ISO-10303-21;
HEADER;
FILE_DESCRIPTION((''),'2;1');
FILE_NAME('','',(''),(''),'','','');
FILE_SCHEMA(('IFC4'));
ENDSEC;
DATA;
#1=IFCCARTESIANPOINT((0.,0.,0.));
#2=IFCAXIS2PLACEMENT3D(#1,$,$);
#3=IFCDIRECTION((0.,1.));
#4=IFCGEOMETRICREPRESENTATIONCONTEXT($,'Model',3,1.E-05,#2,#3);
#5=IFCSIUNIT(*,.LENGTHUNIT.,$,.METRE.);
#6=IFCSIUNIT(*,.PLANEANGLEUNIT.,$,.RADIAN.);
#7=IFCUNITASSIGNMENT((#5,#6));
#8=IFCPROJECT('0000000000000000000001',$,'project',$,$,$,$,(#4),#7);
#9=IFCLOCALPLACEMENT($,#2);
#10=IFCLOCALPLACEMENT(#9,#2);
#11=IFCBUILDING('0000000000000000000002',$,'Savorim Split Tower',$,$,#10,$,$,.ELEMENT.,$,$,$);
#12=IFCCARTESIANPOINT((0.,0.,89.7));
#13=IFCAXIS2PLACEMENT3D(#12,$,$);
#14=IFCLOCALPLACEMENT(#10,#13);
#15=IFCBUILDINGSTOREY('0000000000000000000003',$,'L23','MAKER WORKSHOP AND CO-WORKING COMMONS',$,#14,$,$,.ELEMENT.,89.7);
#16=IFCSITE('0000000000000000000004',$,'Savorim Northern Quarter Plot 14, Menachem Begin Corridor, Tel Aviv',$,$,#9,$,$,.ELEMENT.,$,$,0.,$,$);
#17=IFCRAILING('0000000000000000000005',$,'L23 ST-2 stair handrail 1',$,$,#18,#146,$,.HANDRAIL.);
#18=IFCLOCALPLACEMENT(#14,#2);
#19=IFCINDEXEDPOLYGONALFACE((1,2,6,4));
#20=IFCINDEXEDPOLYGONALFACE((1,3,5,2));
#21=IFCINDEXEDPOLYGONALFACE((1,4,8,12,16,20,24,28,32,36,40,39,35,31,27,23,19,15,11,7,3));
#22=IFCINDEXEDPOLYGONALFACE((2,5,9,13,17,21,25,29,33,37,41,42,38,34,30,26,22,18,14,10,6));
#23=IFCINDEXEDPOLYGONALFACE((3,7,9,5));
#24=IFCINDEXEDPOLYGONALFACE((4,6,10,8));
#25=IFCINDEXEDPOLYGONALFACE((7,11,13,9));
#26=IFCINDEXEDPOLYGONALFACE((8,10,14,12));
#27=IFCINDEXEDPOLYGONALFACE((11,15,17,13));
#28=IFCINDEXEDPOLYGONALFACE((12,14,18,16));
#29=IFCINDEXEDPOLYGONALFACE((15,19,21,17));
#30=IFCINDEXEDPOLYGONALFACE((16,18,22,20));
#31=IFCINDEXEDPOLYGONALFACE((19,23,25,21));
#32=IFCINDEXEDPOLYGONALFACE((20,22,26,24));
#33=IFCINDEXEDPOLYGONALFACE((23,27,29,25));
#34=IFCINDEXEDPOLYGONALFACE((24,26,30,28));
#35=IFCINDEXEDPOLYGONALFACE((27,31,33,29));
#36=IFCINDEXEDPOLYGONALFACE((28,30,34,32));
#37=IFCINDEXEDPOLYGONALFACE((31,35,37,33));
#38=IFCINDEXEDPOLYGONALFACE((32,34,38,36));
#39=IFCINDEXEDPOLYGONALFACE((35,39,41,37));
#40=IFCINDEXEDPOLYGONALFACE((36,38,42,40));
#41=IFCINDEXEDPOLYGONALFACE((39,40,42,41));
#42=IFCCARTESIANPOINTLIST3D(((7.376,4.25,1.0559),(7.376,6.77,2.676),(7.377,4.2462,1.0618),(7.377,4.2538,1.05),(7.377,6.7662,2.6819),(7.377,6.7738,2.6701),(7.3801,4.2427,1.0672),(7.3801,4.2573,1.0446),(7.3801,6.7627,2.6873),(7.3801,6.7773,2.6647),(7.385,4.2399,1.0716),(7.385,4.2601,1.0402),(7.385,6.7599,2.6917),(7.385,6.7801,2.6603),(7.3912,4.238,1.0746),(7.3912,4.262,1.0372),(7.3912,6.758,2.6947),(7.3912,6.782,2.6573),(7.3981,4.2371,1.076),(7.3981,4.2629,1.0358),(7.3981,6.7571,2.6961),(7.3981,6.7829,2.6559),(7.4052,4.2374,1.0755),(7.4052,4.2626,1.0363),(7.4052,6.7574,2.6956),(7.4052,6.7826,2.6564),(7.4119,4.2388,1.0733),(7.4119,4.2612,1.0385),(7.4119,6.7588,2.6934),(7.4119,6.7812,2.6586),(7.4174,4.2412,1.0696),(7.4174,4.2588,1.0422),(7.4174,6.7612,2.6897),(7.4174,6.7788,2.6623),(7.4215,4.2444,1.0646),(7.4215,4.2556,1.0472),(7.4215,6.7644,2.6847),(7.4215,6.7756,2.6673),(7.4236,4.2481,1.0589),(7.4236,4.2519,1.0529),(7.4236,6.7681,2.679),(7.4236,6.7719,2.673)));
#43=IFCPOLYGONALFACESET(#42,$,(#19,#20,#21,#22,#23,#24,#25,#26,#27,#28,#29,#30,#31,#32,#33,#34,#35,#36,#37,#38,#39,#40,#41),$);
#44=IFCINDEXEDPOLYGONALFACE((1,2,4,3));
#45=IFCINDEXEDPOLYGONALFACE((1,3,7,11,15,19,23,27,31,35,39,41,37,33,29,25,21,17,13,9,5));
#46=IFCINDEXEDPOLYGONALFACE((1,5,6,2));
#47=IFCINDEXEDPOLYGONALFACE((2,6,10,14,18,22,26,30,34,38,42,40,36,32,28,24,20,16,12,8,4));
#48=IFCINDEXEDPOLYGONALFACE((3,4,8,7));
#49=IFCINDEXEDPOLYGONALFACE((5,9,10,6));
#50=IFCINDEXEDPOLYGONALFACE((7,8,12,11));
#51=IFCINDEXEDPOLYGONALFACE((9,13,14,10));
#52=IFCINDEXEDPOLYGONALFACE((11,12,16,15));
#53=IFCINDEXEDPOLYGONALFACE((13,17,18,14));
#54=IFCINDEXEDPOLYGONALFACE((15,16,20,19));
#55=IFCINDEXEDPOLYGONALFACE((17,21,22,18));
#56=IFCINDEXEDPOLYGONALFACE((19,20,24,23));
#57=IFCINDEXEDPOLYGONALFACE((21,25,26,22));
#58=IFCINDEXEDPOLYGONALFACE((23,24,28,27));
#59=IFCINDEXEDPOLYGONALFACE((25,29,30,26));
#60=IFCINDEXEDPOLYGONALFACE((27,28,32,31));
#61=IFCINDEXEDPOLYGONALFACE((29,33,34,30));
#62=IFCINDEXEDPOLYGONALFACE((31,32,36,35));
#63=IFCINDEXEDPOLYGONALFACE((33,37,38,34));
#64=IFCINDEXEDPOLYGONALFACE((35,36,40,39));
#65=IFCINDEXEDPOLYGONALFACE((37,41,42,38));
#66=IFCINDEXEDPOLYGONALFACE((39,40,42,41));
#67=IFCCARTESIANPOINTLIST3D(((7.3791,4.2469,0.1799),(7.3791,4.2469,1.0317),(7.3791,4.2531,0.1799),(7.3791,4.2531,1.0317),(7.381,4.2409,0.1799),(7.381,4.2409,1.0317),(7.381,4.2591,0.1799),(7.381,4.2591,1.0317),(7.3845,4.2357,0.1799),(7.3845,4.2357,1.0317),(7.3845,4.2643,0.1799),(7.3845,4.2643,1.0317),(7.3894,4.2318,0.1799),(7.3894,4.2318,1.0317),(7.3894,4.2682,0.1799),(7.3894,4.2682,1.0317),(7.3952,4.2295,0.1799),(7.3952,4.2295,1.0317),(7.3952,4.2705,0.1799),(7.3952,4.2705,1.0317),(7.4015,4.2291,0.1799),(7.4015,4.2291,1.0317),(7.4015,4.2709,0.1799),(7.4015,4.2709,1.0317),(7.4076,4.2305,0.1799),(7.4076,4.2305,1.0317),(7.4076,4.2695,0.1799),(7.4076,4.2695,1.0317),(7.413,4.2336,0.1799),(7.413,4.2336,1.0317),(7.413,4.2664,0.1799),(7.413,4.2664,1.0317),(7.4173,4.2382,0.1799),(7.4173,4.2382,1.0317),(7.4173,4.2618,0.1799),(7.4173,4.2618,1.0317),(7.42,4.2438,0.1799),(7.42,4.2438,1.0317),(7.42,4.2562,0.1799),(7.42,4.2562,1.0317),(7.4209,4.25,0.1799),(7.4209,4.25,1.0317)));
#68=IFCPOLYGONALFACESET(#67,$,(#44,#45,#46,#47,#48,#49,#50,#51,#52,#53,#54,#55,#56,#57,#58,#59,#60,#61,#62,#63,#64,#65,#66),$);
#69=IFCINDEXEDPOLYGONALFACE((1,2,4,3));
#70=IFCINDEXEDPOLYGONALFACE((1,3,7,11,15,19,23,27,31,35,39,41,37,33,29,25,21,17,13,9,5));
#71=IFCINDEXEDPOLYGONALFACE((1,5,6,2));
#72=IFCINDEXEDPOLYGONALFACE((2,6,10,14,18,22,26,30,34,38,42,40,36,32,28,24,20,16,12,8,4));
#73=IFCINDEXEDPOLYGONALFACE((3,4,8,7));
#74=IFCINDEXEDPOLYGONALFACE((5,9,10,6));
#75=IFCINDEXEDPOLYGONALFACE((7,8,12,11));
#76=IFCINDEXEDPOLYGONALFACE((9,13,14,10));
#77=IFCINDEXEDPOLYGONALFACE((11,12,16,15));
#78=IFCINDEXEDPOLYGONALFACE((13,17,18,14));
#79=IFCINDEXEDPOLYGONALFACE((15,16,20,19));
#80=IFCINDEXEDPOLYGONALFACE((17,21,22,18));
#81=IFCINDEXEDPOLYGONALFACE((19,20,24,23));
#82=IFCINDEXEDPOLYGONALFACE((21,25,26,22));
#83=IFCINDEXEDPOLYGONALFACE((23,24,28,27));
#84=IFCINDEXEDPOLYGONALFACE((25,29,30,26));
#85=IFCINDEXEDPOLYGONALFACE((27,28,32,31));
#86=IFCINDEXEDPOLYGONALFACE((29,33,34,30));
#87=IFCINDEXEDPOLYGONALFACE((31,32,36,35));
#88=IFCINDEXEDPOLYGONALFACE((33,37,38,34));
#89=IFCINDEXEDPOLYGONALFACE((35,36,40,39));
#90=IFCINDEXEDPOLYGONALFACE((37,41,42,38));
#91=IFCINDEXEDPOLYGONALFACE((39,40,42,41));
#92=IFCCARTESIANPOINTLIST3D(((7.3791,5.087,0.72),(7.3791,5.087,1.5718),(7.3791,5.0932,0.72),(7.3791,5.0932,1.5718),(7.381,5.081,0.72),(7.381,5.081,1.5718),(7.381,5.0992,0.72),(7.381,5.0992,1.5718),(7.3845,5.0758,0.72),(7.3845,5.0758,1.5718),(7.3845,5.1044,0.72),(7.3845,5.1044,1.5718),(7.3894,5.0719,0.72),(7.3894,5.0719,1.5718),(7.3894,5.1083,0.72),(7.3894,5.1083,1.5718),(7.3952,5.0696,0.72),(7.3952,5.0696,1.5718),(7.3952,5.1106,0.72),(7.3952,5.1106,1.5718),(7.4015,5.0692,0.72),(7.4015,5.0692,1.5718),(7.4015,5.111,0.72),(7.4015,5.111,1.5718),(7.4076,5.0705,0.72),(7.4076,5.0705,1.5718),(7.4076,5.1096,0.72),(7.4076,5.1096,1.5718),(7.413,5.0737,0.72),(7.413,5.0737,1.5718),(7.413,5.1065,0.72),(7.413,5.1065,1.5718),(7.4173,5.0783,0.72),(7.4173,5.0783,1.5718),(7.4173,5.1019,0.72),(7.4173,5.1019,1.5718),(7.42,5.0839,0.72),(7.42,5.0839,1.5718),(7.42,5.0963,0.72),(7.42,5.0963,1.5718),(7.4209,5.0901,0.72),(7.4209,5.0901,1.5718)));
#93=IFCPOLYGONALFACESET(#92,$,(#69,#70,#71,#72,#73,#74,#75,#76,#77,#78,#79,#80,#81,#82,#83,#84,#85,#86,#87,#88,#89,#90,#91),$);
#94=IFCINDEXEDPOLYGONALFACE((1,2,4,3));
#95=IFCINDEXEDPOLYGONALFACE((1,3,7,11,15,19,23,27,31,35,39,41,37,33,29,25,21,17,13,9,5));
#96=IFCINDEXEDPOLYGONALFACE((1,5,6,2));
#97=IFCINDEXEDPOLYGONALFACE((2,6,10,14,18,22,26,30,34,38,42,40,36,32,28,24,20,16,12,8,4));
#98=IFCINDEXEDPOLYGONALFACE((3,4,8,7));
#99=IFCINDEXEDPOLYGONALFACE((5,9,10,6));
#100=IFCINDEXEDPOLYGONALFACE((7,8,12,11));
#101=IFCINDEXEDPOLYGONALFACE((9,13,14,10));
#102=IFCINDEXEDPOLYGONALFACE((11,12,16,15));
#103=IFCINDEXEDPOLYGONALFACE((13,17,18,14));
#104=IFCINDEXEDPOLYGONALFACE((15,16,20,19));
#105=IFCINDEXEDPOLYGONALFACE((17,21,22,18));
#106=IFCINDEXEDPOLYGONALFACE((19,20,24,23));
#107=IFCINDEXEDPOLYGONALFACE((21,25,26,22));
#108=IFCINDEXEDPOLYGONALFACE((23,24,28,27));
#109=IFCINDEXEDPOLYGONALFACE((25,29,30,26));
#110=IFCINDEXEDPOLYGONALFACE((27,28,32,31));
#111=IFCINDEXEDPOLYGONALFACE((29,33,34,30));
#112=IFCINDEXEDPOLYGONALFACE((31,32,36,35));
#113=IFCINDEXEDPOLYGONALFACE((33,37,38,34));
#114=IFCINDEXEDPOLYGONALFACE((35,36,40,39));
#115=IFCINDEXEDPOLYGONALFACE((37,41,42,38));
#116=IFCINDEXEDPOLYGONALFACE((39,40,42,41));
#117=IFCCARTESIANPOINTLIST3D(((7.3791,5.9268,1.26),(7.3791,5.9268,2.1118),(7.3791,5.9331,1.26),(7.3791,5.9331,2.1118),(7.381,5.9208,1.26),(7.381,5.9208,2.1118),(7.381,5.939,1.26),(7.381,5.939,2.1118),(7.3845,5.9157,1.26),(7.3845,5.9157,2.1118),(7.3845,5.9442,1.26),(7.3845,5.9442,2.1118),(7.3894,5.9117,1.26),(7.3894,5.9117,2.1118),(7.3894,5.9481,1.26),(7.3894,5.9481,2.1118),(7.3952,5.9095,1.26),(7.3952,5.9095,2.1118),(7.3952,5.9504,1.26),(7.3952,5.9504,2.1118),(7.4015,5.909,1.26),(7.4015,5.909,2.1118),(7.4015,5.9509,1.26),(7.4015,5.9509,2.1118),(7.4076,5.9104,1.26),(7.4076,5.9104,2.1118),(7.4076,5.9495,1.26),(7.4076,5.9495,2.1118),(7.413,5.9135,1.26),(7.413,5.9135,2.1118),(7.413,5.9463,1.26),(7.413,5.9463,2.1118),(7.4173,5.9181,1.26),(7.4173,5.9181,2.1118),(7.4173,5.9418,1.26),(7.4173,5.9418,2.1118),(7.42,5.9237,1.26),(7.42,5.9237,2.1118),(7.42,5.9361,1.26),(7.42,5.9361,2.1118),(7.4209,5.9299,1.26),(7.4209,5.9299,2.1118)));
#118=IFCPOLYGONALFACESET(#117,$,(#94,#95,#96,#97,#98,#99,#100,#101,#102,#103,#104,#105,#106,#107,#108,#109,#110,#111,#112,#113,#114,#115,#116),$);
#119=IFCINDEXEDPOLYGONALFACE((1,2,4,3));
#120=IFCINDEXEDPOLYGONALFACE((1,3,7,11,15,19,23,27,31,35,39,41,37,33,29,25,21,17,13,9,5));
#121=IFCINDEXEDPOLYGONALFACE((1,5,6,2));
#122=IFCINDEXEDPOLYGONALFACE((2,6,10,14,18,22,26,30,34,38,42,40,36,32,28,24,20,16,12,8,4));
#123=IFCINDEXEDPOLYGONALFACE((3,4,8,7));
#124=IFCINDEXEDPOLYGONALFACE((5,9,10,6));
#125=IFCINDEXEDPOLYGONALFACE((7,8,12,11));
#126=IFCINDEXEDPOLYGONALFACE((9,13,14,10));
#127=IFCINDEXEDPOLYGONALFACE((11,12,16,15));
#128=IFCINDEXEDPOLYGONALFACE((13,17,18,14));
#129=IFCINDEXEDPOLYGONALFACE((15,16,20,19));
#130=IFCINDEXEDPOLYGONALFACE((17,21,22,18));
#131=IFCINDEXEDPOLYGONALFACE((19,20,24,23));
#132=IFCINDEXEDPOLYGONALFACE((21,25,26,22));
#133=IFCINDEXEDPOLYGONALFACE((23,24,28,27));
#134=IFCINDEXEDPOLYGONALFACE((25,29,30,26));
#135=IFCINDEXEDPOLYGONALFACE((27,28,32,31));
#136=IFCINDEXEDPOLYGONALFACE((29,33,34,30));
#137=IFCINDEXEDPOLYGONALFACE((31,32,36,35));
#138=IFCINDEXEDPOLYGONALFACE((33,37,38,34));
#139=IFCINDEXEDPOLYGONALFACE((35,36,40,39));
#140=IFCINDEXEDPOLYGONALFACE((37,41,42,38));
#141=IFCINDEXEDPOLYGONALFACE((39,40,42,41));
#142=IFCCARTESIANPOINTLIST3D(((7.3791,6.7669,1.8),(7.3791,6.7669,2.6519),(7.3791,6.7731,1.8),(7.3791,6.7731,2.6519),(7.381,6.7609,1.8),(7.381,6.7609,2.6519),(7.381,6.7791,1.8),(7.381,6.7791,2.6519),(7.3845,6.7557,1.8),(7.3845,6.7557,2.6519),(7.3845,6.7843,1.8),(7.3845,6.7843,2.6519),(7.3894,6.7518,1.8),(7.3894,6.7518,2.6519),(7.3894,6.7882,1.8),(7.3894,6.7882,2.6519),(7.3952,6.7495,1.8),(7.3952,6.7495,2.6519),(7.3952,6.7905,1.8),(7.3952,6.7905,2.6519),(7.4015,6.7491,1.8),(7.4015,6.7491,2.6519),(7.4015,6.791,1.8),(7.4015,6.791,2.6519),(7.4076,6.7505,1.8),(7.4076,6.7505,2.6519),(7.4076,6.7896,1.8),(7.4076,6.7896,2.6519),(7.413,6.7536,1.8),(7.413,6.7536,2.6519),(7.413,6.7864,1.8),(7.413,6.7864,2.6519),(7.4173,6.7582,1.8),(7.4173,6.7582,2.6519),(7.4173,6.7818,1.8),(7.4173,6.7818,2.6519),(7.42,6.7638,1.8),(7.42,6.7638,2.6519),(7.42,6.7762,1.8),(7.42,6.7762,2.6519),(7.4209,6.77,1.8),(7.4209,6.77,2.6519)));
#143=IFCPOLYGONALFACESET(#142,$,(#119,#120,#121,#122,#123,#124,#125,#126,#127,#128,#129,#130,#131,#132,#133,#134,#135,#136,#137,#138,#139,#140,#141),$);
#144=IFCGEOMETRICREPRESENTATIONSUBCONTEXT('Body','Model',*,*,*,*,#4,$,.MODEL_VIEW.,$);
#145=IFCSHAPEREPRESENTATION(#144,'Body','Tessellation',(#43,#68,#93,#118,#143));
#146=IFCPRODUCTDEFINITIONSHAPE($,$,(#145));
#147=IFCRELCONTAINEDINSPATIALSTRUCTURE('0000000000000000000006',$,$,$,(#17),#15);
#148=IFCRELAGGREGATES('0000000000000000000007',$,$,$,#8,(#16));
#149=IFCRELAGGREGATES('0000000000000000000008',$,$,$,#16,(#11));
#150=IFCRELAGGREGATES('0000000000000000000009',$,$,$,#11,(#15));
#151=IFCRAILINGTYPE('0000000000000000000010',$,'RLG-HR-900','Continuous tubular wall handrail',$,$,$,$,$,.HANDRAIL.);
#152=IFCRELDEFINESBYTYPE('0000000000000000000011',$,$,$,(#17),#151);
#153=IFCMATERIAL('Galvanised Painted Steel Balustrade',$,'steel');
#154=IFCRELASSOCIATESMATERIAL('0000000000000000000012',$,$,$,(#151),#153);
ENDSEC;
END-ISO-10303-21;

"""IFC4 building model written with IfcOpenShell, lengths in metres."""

from ifc_helpers import new_model, si_unit, direction, frame, origin, origin_2d, place, context, subcontext, project, spatial, circle, extrude, material, type_object, element, save


model = new_model("IFC4")

# Units and contexts
model_context = context("Model", 3, precision=1e-05, world=origin(), true_north=direction((0.0, 1.0)))
body_context = subcontext(model_context, "Body", "Model", "MODEL_VIEW")
ifc_project = project(units=[si_unit("LENGTHUNIT", "METRE"), si_unit("PLANEANGLEUNIT", "RADIAN")], contexts=[model_context])

# Site, building, storey
site_placement = place(None, origin())
site = spatial("IfcSite", under=ifc_project, at=site_placement, Name="Savorim Northern Quarter Plot 14, Menachem Begin Corridor, Tel Aviv", CompositionType="ELEMENT", RefElevation=0.0)
building_placement = place(site_placement, origin())
building = spatial("IfcBuilding", under=site, at=building_placement, Name="Savorim Split Tower", CompositionType="ELEMENT")
storey_placement = place(building_placement, frame((0.0, 0.0, 89.7)))
storey = spatial("IfcBuildingStorey", under=building, at=storey_placement, Name="L23", Description="MAKER WORKSHOP AND CO-WORKING COMMONS", CompositionType="ELEMENT", Elevation=89.7)

# Railing
ifc_material_1 = material(Name="Galvanised Painted Steel Balustrade", Category="steel")
railing_type_1 = type_object("IfcRailingType", Name="RLG-HR-900", Description="Continuous tubular wall handrail", PredefinedType="HANDRAIL", material=ifc_material_1)
railing_1_placement = place(storey_placement, frame((7.3999, 4.25, 0.1799)))
element("IfcRailing", 1, at=railing_1_placement, inside=storey, type_object=railing_type_1, Name="L23 ST-2 stair handrail 1", PredefinedType="HANDRAIL", context=body_context, shape_type="SweptSolid", body=[
    extrude(circle(Radius=0.0239, at=origin_2d()), frame((0.0, 0.0, 0.876), z_axis=(0.0, 0.841163, 0.540782), x_axis=(-1.0, 0.0, 0.0)), (0.0, 0.0, 1.0), 2.9958),
    extrude(circle(Radius=0.021, at=origin_2d()), origin(), (0.0, 0.0, 1.0), 0.8518),
    extrude(circle(Radius=0.021, at=origin_2d()), frame((0.0, 0.8401, 0.54)), (0.0, 0.0, 1.0), 0.8518),
    extrude(circle(Radius=0.021, at=origin_2d()), frame((0.0, 1.6799, 1.0801)), (0.0, 0.0, 1.0), 0.8518),
    extrude(circle(Radius=0.021, at=origin_2d()), frame((0.0, 2.52, 1.6201)), (0.0, 0.0, 1.0), 0.8518),
])

save(model, "model.ifc")
